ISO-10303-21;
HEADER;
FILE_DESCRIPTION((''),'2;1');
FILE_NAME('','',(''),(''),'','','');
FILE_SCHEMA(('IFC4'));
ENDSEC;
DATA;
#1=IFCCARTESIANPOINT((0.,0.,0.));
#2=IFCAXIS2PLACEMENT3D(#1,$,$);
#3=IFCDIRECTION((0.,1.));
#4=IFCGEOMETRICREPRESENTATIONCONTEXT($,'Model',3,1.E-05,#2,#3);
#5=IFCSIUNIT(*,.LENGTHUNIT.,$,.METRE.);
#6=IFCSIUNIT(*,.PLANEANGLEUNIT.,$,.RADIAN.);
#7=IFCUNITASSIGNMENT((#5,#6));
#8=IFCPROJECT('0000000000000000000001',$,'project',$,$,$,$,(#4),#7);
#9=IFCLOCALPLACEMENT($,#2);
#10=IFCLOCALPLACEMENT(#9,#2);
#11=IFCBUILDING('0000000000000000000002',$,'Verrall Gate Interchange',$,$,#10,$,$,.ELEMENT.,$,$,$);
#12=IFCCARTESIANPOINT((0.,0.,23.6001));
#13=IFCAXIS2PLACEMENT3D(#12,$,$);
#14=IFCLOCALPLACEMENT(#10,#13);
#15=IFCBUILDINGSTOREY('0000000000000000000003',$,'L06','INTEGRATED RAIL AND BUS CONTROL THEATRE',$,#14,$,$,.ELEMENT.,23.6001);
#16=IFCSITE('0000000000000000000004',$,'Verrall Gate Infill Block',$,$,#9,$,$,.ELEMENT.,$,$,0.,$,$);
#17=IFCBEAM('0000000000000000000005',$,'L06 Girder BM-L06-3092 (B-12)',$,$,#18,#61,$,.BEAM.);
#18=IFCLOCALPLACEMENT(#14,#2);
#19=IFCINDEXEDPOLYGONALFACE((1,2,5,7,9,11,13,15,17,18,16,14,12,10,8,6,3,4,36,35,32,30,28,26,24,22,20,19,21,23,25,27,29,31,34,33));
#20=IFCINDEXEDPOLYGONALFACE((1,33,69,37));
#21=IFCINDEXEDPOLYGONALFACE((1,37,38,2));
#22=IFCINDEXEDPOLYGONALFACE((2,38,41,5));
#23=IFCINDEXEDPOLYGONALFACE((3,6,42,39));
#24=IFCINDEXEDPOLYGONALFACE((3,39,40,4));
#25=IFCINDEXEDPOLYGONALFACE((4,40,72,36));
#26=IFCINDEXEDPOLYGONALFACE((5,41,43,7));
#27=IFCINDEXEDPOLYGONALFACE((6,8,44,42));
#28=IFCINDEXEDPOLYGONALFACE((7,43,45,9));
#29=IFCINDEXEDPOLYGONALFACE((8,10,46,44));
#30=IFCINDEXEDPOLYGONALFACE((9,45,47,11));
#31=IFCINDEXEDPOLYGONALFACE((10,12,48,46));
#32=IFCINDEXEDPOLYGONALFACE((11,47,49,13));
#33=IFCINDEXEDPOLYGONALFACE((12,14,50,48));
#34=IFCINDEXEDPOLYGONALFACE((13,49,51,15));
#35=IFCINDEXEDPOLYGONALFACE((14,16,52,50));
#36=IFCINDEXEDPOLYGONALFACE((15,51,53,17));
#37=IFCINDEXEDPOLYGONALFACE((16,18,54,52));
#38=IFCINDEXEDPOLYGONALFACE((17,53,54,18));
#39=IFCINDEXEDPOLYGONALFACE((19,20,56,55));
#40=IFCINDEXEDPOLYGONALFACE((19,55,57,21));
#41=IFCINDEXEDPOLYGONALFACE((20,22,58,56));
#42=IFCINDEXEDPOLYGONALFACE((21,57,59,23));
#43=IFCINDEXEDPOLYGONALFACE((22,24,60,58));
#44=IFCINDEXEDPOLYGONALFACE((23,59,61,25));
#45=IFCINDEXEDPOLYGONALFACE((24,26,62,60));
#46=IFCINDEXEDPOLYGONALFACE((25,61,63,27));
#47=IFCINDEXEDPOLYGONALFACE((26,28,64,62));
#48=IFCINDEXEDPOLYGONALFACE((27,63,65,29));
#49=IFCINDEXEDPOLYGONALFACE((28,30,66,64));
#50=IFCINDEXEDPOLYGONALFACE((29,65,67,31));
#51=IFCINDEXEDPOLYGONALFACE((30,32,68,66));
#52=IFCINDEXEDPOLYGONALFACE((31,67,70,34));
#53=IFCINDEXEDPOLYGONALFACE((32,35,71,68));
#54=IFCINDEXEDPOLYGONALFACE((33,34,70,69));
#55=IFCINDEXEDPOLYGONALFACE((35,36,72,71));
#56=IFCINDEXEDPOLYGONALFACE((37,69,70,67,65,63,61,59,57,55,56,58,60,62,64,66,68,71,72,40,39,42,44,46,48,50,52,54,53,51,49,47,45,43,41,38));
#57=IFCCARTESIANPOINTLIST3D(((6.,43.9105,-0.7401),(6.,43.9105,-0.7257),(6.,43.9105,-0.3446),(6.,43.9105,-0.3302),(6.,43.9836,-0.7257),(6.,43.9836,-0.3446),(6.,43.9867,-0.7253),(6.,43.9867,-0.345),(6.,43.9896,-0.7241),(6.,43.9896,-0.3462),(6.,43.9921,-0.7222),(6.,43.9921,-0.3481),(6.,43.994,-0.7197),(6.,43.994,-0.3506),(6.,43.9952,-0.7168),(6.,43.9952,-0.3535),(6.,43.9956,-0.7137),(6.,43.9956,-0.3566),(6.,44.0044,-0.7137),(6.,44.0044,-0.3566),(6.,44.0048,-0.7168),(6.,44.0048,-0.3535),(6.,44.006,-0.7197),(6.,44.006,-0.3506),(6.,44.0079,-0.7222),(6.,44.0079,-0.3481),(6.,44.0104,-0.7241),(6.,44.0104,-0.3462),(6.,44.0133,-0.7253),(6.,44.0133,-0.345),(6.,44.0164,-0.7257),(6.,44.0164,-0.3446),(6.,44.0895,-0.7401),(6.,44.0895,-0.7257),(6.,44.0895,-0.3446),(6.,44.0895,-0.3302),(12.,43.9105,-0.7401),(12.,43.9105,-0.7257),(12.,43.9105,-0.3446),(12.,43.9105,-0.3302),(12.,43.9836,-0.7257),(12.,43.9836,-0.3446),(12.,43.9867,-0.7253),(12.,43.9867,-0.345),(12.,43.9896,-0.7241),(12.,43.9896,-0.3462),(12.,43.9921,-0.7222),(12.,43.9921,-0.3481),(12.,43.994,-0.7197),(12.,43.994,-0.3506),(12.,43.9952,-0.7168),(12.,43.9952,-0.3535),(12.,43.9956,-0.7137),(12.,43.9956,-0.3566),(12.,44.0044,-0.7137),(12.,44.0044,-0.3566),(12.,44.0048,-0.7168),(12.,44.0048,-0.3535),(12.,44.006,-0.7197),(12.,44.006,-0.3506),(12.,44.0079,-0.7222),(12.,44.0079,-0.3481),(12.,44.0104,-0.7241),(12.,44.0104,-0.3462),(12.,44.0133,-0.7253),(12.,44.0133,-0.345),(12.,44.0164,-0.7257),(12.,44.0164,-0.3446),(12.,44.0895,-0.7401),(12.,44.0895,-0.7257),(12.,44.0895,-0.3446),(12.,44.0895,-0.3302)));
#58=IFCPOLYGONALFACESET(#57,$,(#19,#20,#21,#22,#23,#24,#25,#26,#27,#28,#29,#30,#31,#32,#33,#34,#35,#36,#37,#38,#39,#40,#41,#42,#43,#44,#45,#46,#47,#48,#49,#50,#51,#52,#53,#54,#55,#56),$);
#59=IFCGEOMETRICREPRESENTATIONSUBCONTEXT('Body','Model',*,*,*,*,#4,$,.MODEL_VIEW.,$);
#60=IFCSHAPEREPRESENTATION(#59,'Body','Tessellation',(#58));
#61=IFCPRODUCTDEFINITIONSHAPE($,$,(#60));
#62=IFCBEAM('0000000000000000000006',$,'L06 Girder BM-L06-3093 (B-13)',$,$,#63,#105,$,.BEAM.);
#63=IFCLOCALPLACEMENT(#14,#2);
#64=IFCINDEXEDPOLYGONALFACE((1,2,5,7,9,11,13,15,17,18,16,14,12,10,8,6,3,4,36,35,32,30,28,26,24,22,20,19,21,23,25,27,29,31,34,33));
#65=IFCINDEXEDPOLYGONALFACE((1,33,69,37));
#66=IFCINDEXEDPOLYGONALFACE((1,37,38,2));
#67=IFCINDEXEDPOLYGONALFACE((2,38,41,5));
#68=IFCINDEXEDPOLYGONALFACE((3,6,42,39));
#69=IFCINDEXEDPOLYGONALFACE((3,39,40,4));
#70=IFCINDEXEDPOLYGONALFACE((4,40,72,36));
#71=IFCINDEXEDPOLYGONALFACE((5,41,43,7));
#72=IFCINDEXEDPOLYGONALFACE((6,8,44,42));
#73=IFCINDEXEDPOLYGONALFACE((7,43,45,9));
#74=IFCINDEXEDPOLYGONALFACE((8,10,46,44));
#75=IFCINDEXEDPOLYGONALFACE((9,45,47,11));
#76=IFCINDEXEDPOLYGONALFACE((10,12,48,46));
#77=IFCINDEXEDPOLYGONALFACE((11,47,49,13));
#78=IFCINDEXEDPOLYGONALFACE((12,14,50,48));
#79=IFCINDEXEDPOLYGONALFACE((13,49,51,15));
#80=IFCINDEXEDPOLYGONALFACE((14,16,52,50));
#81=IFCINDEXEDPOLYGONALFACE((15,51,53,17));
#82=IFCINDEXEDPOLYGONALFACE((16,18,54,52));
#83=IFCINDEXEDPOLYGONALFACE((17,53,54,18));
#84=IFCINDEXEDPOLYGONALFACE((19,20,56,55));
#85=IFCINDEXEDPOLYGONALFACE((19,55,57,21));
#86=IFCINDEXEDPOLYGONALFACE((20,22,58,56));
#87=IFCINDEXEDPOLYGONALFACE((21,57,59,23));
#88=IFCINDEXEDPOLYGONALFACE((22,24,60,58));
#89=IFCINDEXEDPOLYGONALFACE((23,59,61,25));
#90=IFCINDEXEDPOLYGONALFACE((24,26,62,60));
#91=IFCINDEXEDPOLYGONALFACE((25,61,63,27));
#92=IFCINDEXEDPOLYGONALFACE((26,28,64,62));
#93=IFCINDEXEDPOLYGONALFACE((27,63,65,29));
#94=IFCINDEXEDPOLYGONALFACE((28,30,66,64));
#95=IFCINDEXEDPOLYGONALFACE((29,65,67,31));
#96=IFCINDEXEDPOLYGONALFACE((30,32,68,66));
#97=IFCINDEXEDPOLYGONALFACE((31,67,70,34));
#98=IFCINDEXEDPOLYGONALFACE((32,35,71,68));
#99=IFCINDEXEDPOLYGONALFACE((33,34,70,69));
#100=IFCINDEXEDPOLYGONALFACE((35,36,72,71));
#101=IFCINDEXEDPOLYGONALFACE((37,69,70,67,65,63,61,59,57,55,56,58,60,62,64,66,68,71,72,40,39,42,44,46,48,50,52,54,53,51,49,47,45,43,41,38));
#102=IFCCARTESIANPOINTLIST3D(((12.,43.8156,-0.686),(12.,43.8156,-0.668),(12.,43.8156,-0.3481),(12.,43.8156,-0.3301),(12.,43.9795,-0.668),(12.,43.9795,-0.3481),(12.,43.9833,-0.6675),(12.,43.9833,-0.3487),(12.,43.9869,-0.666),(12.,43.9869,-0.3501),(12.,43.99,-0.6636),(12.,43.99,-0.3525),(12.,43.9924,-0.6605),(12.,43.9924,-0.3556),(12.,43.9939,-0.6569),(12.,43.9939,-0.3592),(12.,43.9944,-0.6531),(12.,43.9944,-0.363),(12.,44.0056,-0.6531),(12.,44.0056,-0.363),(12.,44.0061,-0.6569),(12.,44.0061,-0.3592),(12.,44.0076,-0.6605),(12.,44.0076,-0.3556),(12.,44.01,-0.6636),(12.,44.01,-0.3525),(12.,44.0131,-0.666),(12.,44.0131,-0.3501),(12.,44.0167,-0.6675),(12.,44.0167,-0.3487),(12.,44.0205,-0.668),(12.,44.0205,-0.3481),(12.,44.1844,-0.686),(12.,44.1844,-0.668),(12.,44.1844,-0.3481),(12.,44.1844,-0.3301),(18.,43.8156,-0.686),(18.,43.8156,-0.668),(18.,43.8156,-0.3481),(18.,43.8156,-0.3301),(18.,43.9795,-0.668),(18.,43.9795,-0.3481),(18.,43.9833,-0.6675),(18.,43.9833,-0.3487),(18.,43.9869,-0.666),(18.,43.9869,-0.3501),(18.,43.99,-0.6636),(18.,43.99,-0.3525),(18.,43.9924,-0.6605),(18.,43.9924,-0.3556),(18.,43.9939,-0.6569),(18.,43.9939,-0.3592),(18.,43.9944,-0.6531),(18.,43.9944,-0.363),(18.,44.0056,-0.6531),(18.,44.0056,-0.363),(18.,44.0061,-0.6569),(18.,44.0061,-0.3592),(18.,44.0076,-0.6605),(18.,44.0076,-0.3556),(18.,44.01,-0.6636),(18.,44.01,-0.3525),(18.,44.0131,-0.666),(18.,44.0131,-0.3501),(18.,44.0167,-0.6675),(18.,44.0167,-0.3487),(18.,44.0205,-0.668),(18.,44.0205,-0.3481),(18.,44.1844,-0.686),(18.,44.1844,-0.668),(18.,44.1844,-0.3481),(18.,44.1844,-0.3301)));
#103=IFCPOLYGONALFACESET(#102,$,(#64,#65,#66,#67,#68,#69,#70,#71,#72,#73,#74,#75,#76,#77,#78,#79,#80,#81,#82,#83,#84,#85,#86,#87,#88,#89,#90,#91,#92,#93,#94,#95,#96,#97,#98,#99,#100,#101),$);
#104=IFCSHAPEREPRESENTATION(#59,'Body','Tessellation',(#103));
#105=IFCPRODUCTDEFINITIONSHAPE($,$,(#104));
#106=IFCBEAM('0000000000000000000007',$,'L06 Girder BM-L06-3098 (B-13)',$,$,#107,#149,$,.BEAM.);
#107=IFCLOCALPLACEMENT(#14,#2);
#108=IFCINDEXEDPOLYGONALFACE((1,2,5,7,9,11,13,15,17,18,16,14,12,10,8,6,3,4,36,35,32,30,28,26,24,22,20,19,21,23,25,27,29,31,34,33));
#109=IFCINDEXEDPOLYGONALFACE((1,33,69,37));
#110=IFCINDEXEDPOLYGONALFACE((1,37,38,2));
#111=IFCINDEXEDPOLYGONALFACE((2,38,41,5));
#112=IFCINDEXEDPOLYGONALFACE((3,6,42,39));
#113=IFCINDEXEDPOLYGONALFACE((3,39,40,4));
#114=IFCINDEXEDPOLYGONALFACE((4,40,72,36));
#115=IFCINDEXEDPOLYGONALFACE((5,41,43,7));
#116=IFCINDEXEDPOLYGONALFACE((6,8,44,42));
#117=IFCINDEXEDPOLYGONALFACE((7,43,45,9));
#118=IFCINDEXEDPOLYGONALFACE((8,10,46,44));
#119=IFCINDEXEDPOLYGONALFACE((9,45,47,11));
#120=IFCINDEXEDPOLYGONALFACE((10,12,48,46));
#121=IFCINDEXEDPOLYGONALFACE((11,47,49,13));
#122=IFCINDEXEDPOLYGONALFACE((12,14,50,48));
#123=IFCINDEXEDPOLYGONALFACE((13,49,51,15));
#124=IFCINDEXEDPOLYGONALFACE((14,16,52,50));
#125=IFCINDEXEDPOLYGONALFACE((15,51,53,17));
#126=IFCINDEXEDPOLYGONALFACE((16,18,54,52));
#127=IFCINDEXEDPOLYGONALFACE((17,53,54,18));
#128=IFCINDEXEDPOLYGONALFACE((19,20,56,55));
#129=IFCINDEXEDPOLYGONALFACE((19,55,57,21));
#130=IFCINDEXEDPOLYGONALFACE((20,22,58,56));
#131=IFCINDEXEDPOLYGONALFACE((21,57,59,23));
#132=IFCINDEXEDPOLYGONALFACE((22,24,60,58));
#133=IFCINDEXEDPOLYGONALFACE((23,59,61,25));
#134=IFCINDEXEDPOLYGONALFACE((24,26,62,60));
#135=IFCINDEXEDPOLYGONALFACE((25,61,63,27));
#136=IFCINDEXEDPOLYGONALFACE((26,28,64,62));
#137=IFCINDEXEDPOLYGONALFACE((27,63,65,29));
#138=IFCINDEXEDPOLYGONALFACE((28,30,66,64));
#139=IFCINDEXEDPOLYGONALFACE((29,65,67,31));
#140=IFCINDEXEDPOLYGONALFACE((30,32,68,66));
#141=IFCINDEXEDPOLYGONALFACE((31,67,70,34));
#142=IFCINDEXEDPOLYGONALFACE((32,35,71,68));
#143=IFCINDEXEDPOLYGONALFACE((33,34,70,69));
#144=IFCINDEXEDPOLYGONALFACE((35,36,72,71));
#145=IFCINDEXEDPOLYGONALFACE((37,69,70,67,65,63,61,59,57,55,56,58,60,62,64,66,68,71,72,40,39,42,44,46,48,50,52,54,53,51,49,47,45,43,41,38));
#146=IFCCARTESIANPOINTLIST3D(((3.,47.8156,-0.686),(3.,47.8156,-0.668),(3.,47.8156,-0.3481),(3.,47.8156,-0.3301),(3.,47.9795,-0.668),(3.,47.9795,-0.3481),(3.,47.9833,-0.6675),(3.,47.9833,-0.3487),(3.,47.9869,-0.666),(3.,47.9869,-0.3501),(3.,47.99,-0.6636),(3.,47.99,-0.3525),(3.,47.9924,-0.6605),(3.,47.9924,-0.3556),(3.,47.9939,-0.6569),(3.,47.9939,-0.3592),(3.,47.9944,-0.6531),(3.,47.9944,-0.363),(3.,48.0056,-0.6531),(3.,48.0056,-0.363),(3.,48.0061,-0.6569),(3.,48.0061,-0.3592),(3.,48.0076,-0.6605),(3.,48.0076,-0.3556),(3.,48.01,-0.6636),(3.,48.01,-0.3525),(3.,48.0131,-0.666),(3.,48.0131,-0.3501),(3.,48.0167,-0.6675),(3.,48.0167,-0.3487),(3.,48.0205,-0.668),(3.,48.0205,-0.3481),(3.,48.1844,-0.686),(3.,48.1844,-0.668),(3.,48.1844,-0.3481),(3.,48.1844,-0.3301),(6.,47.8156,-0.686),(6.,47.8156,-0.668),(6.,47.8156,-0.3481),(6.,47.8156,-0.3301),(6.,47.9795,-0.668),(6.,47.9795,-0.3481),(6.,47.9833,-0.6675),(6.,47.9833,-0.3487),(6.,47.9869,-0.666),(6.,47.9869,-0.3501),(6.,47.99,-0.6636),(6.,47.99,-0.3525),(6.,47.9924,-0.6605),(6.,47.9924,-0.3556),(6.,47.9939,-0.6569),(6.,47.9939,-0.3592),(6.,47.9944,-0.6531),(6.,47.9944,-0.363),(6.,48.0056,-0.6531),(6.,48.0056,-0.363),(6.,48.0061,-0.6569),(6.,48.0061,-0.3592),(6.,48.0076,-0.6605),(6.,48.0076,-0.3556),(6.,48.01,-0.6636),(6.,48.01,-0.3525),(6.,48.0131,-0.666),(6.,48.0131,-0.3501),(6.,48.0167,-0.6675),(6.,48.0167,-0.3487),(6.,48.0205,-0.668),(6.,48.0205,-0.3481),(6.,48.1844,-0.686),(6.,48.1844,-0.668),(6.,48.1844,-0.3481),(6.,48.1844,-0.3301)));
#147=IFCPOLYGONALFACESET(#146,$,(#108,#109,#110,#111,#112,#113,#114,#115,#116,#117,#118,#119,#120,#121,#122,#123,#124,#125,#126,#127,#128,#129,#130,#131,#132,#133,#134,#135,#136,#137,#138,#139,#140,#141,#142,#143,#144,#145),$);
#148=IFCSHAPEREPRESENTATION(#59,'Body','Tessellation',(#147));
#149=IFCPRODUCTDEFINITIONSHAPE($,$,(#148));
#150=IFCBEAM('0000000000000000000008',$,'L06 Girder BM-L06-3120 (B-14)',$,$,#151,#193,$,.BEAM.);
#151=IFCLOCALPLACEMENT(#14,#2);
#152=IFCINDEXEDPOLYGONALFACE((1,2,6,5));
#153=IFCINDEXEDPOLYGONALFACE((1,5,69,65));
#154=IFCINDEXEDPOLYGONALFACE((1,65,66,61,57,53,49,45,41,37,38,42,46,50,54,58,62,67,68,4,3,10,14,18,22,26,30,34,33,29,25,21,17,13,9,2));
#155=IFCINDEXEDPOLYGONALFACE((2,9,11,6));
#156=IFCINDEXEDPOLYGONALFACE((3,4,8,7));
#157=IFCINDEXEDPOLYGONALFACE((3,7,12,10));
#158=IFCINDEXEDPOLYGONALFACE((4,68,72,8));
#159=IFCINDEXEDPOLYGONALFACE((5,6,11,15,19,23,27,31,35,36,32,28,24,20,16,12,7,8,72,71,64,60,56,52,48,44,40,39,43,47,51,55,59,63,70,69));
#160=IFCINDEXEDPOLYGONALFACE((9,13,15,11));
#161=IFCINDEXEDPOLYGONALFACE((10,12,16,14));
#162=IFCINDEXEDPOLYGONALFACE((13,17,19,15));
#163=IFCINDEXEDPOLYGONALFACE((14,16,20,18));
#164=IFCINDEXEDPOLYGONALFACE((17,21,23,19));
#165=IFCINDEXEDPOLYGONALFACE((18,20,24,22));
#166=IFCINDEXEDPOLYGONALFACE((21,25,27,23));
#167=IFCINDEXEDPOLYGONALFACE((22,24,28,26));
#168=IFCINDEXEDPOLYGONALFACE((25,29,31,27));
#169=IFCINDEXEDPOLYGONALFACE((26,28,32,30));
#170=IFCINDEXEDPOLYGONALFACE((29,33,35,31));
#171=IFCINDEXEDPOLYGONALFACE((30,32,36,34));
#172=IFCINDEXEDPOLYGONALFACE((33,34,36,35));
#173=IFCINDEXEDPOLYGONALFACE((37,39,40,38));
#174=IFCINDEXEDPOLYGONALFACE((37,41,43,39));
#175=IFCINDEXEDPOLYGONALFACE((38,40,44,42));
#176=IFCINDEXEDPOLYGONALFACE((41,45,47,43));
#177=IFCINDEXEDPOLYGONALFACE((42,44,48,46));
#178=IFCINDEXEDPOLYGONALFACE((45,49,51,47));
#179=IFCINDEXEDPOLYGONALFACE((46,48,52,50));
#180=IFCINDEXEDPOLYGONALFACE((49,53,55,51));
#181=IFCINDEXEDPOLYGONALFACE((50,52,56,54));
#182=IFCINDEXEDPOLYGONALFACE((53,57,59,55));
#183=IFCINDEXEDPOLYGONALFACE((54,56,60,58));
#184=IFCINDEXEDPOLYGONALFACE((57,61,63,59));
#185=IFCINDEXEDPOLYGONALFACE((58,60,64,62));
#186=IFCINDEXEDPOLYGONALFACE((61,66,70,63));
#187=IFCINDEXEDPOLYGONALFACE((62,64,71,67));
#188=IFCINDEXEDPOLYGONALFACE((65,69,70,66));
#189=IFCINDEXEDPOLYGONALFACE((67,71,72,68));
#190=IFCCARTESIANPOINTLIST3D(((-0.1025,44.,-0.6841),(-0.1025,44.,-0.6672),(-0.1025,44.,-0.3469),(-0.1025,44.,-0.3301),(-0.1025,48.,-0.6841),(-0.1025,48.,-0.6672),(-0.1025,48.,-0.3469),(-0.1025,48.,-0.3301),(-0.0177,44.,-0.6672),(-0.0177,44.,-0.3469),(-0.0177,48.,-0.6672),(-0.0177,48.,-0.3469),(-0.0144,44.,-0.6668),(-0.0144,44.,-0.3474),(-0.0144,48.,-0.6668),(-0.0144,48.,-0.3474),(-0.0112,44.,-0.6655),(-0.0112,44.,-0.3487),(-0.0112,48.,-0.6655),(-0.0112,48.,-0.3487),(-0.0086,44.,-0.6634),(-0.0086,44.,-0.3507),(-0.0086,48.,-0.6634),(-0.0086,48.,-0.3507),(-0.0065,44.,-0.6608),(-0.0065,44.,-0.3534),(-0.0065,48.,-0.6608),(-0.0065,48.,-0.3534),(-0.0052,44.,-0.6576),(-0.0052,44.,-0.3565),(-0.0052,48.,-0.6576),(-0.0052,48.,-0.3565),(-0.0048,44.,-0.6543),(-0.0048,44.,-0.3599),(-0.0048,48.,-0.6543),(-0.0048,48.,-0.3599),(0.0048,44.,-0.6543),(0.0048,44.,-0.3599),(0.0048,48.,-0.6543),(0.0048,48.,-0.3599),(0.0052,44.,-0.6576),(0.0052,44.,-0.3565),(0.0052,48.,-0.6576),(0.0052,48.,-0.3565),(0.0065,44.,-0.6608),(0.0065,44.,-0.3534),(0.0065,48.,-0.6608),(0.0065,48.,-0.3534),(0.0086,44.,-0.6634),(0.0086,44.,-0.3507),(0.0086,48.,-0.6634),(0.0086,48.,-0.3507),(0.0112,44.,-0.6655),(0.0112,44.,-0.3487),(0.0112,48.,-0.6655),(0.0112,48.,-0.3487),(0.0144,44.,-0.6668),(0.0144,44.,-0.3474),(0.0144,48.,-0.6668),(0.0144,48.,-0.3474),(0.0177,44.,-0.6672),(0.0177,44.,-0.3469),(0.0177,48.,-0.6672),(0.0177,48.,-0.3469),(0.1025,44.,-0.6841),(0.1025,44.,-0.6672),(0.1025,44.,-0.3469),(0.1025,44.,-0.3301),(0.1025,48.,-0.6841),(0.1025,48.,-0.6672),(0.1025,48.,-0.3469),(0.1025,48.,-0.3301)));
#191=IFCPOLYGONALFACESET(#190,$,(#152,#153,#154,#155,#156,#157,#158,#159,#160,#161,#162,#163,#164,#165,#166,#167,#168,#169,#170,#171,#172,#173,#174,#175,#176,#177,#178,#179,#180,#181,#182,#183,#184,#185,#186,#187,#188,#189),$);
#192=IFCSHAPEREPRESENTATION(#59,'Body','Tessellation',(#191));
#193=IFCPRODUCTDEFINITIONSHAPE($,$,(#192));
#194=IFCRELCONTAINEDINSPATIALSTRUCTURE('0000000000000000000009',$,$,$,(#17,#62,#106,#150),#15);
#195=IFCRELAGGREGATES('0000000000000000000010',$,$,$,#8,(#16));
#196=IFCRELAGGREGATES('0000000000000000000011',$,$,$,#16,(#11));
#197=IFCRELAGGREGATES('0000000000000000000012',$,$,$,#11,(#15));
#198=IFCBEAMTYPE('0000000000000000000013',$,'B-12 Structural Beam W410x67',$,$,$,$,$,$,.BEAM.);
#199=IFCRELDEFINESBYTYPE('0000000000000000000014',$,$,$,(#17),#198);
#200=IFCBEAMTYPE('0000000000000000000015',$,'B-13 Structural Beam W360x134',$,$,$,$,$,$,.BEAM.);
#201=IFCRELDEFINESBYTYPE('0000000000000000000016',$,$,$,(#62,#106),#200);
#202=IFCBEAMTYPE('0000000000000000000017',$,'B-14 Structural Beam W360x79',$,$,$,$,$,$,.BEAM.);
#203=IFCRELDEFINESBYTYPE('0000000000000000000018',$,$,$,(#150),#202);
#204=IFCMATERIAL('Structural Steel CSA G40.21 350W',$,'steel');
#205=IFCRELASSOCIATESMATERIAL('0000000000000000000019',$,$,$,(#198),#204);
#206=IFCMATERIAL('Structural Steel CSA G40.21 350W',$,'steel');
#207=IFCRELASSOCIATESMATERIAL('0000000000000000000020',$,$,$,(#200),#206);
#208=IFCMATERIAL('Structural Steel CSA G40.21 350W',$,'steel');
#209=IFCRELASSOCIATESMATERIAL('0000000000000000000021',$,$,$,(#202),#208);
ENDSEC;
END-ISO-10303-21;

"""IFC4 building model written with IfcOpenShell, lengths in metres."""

from ifc_helpers import new_model, si_unit, direction, frame, origin, origin_2d, place, context, subcontext, project, spatial, i_section, extrude, material, material_profile, profile_set, type_object, element, save


model = new_model("IFC4")

# Units and contexts
model_context = context("Model", 3, precision=1e-05, world=origin(), true_north=direction((0.0, 1.0)))
body_context = subcontext(model_context, "Body", "Model", "MODEL_VIEW")
ifc_project = project(units=[si_unit("LENGTHUNIT", "METRE"), si_unit("PLANEANGLEUNIT", "RADIAN")], contexts=[model_context])

# Site, building, storey
site_placement = place(None, origin())
site = spatial("IfcSite", under=ifc_project, at=site_placement, Name="Verrall Gate Infill Block", CompositionType="ELEMENT", RefElevation=0.0)
building_placement = place(site_placement, origin())
building = spatial("IfcBuilding", under=site, at=building_placement, Name="Verrall Gate Interchange", CompositionType="ELEMENT")
storey_placement = place(building_placement, frame((0.0, 0.0, 23.6001)))
storey = spatial("IfcBuildingStorey", under=building, at=storey_placement, Name="L06", Description="INTEGRATED RAIL AND BUS CONTROL THEATRE", CompositionType="ELEMENT", Elevation=23.6001)

# Beams
ifc_material_1 = material(Name="Structural Steel CSA G40.21 350W", Category="steel")
ifc_material_profile_1 = material_profile(ifc_material_1, i_section(OverallWidth=0.179, OverallDepth=0.4099, WebThickness=0.0088, FlangeThickness=0.0144, FilletRadius=0.012, at=origin_2d()), Name="W410x67")
ifc_profile_set_1 = profile_set([ifc_material_profile_1], Name="Structural Steel CSA G40.21 350W")
beam_type_1 = type_object("IfcBeamType", Name="B-12 Structural Beam W410x67", PredefinedType="BEAM", material=ifc_profile_set_1)
beam_1_placement = place(storey_placement, frame((6.0, 44.0, -0.5352), z_axis=(1.0, 0.0, 0.0), x_axis=(0.0, 1.0, 0.0)))
element("IfcBeam", 1, at=beam_1_placement, inside=storey, type_object=beam_type_1, Name="L06 Girder BM-L06-3092 (B-12)", PredefinedType="BEAM", context=body_context, shape_type="SweptSolid", body=[
    extrude(i_section(OverallWidth=0.179, OverallDepth=0.4099, WebThickness=0.0088, FlangeThickness=0.0144, FilletRadius=0.012, at=origin_2d()), origin(), (0.0, 0.0, 1.0), 6.0),
])
ifc_material_2 = material(Name="Structural Steel CSA G40.21 350W", Category="steel")
ifc_material_profile_2 = material_profile(ifc_material_2, i_section(OverallWidth=0.3689, OverallDepth=0.356, WebThickness=0.0112, FlangeThickness=0.0181, FilletRadius=0.0149, at=origin_2d()), Name="W360x134")
ifc_profile_set_2 = profile_set([ifc_material_profile_2], Name="Structural Steel CSA G40.21 350W")
beam_type_2 = type_object("IfcBeamType", Name="B-13 Structural Beam W360x134", PredefinedType="BEAM", material=ifc_profile_set_2)
beam_2_placement = place(storey_placement, frame((12.0, 44.0, -0.5081), z_axis=(1.0, 0.0, 0.0), x_axis=(0.0, 1.0, 0.0)))
element("IfcBeam", 2, at=beam_2_placement, inside=storey, type_object=beam_type_2, Name="L06 Girder BM-L06-3093 (B-13)", PredefinedType="BEAM", context=body_context, shape_type="SweptSolid", body=[
    extrude(i_section(OverallWidth=0.3689, OverallDepth=0.356, WebThickness=0.0112, FlangeThickness=0.0181, FilletRadius=0.0149, at=origin_2d()), origin(), (0.0, 0.0, 1.0), 6.0),
])
beam_3_placement = place(storey_placement, frame((3.0, 48.0, -0.5081), z_axis=(1.0, 0.0, 0.0), x_axis=(0.0, 1.0, 0.0)))
element("IfcBeam", 3, at=beam_3_placement, inside=storey, type_object=beam_type_2, Name="L06 Girder BM-L06-3098 (B-13)", PredefinedType="BEAM", context=body_context, shape_type="SweptSolid", body=[
    extrude(i_section(OverallWidth=0.3689, OverallDepth=0.356, WebThickness=0.0112, FlangeThickness=0.0181, FilletRadius=0.0149, at=origin_2d()), origin(), (0.0, 0.0, 1.0), 3.0),
])
ifc_material_3 = material(Name="Structural Steel CSA G40.21 350W", Category="steel")
ifc_material_profile_3 = material_profile(ifc_material_3, i_section(OverallWidth=0.2051, OverallDepth=0.354, WebThickness=0.0095, FlangeThickness=0.0168, FilletRadius=0.0129, at=origin_2d()), Name="W360x79")
ifc_profile_set_3 = profile_set([ifc_material_profile_3], Name="Structural Steel CSA G40.21 350W")
beam_type_3 = type_object("IfcBeamType", Name="B-14 Structural Beam W360x79", PredefinedType="BEAM", material=ifc_profile_set_3)
for number, where, z_axis, x_axis, name in (
    (4, (0.0, 44.0, -0.5071), (0.0, 1.0, 0.0), (-1.0, 0.0, 0.0), "L06 Girder BM-L06-3120 (B-14)"),
):
    element("IfcBeam", number, at=place(storey_placement, frame(where, z_axis=z_axis, x_axis=x_axis)), inside=storey, type_object=beam_type_3, Name=name, PredefinedType="BEAM", context=body_context, shape_type="SweptSolid", body=[
        extrude(i_section(OverallWidth=0.2051, OverallDepth=0.354, WebThickness=0.0095, FlangeThickness=0.0168, FilletRadius=0.0129, at=origin_2d()), origin(), (0.0, 0.0, 1.0), 4.0),
    ])

save(model, "model.ifc")
